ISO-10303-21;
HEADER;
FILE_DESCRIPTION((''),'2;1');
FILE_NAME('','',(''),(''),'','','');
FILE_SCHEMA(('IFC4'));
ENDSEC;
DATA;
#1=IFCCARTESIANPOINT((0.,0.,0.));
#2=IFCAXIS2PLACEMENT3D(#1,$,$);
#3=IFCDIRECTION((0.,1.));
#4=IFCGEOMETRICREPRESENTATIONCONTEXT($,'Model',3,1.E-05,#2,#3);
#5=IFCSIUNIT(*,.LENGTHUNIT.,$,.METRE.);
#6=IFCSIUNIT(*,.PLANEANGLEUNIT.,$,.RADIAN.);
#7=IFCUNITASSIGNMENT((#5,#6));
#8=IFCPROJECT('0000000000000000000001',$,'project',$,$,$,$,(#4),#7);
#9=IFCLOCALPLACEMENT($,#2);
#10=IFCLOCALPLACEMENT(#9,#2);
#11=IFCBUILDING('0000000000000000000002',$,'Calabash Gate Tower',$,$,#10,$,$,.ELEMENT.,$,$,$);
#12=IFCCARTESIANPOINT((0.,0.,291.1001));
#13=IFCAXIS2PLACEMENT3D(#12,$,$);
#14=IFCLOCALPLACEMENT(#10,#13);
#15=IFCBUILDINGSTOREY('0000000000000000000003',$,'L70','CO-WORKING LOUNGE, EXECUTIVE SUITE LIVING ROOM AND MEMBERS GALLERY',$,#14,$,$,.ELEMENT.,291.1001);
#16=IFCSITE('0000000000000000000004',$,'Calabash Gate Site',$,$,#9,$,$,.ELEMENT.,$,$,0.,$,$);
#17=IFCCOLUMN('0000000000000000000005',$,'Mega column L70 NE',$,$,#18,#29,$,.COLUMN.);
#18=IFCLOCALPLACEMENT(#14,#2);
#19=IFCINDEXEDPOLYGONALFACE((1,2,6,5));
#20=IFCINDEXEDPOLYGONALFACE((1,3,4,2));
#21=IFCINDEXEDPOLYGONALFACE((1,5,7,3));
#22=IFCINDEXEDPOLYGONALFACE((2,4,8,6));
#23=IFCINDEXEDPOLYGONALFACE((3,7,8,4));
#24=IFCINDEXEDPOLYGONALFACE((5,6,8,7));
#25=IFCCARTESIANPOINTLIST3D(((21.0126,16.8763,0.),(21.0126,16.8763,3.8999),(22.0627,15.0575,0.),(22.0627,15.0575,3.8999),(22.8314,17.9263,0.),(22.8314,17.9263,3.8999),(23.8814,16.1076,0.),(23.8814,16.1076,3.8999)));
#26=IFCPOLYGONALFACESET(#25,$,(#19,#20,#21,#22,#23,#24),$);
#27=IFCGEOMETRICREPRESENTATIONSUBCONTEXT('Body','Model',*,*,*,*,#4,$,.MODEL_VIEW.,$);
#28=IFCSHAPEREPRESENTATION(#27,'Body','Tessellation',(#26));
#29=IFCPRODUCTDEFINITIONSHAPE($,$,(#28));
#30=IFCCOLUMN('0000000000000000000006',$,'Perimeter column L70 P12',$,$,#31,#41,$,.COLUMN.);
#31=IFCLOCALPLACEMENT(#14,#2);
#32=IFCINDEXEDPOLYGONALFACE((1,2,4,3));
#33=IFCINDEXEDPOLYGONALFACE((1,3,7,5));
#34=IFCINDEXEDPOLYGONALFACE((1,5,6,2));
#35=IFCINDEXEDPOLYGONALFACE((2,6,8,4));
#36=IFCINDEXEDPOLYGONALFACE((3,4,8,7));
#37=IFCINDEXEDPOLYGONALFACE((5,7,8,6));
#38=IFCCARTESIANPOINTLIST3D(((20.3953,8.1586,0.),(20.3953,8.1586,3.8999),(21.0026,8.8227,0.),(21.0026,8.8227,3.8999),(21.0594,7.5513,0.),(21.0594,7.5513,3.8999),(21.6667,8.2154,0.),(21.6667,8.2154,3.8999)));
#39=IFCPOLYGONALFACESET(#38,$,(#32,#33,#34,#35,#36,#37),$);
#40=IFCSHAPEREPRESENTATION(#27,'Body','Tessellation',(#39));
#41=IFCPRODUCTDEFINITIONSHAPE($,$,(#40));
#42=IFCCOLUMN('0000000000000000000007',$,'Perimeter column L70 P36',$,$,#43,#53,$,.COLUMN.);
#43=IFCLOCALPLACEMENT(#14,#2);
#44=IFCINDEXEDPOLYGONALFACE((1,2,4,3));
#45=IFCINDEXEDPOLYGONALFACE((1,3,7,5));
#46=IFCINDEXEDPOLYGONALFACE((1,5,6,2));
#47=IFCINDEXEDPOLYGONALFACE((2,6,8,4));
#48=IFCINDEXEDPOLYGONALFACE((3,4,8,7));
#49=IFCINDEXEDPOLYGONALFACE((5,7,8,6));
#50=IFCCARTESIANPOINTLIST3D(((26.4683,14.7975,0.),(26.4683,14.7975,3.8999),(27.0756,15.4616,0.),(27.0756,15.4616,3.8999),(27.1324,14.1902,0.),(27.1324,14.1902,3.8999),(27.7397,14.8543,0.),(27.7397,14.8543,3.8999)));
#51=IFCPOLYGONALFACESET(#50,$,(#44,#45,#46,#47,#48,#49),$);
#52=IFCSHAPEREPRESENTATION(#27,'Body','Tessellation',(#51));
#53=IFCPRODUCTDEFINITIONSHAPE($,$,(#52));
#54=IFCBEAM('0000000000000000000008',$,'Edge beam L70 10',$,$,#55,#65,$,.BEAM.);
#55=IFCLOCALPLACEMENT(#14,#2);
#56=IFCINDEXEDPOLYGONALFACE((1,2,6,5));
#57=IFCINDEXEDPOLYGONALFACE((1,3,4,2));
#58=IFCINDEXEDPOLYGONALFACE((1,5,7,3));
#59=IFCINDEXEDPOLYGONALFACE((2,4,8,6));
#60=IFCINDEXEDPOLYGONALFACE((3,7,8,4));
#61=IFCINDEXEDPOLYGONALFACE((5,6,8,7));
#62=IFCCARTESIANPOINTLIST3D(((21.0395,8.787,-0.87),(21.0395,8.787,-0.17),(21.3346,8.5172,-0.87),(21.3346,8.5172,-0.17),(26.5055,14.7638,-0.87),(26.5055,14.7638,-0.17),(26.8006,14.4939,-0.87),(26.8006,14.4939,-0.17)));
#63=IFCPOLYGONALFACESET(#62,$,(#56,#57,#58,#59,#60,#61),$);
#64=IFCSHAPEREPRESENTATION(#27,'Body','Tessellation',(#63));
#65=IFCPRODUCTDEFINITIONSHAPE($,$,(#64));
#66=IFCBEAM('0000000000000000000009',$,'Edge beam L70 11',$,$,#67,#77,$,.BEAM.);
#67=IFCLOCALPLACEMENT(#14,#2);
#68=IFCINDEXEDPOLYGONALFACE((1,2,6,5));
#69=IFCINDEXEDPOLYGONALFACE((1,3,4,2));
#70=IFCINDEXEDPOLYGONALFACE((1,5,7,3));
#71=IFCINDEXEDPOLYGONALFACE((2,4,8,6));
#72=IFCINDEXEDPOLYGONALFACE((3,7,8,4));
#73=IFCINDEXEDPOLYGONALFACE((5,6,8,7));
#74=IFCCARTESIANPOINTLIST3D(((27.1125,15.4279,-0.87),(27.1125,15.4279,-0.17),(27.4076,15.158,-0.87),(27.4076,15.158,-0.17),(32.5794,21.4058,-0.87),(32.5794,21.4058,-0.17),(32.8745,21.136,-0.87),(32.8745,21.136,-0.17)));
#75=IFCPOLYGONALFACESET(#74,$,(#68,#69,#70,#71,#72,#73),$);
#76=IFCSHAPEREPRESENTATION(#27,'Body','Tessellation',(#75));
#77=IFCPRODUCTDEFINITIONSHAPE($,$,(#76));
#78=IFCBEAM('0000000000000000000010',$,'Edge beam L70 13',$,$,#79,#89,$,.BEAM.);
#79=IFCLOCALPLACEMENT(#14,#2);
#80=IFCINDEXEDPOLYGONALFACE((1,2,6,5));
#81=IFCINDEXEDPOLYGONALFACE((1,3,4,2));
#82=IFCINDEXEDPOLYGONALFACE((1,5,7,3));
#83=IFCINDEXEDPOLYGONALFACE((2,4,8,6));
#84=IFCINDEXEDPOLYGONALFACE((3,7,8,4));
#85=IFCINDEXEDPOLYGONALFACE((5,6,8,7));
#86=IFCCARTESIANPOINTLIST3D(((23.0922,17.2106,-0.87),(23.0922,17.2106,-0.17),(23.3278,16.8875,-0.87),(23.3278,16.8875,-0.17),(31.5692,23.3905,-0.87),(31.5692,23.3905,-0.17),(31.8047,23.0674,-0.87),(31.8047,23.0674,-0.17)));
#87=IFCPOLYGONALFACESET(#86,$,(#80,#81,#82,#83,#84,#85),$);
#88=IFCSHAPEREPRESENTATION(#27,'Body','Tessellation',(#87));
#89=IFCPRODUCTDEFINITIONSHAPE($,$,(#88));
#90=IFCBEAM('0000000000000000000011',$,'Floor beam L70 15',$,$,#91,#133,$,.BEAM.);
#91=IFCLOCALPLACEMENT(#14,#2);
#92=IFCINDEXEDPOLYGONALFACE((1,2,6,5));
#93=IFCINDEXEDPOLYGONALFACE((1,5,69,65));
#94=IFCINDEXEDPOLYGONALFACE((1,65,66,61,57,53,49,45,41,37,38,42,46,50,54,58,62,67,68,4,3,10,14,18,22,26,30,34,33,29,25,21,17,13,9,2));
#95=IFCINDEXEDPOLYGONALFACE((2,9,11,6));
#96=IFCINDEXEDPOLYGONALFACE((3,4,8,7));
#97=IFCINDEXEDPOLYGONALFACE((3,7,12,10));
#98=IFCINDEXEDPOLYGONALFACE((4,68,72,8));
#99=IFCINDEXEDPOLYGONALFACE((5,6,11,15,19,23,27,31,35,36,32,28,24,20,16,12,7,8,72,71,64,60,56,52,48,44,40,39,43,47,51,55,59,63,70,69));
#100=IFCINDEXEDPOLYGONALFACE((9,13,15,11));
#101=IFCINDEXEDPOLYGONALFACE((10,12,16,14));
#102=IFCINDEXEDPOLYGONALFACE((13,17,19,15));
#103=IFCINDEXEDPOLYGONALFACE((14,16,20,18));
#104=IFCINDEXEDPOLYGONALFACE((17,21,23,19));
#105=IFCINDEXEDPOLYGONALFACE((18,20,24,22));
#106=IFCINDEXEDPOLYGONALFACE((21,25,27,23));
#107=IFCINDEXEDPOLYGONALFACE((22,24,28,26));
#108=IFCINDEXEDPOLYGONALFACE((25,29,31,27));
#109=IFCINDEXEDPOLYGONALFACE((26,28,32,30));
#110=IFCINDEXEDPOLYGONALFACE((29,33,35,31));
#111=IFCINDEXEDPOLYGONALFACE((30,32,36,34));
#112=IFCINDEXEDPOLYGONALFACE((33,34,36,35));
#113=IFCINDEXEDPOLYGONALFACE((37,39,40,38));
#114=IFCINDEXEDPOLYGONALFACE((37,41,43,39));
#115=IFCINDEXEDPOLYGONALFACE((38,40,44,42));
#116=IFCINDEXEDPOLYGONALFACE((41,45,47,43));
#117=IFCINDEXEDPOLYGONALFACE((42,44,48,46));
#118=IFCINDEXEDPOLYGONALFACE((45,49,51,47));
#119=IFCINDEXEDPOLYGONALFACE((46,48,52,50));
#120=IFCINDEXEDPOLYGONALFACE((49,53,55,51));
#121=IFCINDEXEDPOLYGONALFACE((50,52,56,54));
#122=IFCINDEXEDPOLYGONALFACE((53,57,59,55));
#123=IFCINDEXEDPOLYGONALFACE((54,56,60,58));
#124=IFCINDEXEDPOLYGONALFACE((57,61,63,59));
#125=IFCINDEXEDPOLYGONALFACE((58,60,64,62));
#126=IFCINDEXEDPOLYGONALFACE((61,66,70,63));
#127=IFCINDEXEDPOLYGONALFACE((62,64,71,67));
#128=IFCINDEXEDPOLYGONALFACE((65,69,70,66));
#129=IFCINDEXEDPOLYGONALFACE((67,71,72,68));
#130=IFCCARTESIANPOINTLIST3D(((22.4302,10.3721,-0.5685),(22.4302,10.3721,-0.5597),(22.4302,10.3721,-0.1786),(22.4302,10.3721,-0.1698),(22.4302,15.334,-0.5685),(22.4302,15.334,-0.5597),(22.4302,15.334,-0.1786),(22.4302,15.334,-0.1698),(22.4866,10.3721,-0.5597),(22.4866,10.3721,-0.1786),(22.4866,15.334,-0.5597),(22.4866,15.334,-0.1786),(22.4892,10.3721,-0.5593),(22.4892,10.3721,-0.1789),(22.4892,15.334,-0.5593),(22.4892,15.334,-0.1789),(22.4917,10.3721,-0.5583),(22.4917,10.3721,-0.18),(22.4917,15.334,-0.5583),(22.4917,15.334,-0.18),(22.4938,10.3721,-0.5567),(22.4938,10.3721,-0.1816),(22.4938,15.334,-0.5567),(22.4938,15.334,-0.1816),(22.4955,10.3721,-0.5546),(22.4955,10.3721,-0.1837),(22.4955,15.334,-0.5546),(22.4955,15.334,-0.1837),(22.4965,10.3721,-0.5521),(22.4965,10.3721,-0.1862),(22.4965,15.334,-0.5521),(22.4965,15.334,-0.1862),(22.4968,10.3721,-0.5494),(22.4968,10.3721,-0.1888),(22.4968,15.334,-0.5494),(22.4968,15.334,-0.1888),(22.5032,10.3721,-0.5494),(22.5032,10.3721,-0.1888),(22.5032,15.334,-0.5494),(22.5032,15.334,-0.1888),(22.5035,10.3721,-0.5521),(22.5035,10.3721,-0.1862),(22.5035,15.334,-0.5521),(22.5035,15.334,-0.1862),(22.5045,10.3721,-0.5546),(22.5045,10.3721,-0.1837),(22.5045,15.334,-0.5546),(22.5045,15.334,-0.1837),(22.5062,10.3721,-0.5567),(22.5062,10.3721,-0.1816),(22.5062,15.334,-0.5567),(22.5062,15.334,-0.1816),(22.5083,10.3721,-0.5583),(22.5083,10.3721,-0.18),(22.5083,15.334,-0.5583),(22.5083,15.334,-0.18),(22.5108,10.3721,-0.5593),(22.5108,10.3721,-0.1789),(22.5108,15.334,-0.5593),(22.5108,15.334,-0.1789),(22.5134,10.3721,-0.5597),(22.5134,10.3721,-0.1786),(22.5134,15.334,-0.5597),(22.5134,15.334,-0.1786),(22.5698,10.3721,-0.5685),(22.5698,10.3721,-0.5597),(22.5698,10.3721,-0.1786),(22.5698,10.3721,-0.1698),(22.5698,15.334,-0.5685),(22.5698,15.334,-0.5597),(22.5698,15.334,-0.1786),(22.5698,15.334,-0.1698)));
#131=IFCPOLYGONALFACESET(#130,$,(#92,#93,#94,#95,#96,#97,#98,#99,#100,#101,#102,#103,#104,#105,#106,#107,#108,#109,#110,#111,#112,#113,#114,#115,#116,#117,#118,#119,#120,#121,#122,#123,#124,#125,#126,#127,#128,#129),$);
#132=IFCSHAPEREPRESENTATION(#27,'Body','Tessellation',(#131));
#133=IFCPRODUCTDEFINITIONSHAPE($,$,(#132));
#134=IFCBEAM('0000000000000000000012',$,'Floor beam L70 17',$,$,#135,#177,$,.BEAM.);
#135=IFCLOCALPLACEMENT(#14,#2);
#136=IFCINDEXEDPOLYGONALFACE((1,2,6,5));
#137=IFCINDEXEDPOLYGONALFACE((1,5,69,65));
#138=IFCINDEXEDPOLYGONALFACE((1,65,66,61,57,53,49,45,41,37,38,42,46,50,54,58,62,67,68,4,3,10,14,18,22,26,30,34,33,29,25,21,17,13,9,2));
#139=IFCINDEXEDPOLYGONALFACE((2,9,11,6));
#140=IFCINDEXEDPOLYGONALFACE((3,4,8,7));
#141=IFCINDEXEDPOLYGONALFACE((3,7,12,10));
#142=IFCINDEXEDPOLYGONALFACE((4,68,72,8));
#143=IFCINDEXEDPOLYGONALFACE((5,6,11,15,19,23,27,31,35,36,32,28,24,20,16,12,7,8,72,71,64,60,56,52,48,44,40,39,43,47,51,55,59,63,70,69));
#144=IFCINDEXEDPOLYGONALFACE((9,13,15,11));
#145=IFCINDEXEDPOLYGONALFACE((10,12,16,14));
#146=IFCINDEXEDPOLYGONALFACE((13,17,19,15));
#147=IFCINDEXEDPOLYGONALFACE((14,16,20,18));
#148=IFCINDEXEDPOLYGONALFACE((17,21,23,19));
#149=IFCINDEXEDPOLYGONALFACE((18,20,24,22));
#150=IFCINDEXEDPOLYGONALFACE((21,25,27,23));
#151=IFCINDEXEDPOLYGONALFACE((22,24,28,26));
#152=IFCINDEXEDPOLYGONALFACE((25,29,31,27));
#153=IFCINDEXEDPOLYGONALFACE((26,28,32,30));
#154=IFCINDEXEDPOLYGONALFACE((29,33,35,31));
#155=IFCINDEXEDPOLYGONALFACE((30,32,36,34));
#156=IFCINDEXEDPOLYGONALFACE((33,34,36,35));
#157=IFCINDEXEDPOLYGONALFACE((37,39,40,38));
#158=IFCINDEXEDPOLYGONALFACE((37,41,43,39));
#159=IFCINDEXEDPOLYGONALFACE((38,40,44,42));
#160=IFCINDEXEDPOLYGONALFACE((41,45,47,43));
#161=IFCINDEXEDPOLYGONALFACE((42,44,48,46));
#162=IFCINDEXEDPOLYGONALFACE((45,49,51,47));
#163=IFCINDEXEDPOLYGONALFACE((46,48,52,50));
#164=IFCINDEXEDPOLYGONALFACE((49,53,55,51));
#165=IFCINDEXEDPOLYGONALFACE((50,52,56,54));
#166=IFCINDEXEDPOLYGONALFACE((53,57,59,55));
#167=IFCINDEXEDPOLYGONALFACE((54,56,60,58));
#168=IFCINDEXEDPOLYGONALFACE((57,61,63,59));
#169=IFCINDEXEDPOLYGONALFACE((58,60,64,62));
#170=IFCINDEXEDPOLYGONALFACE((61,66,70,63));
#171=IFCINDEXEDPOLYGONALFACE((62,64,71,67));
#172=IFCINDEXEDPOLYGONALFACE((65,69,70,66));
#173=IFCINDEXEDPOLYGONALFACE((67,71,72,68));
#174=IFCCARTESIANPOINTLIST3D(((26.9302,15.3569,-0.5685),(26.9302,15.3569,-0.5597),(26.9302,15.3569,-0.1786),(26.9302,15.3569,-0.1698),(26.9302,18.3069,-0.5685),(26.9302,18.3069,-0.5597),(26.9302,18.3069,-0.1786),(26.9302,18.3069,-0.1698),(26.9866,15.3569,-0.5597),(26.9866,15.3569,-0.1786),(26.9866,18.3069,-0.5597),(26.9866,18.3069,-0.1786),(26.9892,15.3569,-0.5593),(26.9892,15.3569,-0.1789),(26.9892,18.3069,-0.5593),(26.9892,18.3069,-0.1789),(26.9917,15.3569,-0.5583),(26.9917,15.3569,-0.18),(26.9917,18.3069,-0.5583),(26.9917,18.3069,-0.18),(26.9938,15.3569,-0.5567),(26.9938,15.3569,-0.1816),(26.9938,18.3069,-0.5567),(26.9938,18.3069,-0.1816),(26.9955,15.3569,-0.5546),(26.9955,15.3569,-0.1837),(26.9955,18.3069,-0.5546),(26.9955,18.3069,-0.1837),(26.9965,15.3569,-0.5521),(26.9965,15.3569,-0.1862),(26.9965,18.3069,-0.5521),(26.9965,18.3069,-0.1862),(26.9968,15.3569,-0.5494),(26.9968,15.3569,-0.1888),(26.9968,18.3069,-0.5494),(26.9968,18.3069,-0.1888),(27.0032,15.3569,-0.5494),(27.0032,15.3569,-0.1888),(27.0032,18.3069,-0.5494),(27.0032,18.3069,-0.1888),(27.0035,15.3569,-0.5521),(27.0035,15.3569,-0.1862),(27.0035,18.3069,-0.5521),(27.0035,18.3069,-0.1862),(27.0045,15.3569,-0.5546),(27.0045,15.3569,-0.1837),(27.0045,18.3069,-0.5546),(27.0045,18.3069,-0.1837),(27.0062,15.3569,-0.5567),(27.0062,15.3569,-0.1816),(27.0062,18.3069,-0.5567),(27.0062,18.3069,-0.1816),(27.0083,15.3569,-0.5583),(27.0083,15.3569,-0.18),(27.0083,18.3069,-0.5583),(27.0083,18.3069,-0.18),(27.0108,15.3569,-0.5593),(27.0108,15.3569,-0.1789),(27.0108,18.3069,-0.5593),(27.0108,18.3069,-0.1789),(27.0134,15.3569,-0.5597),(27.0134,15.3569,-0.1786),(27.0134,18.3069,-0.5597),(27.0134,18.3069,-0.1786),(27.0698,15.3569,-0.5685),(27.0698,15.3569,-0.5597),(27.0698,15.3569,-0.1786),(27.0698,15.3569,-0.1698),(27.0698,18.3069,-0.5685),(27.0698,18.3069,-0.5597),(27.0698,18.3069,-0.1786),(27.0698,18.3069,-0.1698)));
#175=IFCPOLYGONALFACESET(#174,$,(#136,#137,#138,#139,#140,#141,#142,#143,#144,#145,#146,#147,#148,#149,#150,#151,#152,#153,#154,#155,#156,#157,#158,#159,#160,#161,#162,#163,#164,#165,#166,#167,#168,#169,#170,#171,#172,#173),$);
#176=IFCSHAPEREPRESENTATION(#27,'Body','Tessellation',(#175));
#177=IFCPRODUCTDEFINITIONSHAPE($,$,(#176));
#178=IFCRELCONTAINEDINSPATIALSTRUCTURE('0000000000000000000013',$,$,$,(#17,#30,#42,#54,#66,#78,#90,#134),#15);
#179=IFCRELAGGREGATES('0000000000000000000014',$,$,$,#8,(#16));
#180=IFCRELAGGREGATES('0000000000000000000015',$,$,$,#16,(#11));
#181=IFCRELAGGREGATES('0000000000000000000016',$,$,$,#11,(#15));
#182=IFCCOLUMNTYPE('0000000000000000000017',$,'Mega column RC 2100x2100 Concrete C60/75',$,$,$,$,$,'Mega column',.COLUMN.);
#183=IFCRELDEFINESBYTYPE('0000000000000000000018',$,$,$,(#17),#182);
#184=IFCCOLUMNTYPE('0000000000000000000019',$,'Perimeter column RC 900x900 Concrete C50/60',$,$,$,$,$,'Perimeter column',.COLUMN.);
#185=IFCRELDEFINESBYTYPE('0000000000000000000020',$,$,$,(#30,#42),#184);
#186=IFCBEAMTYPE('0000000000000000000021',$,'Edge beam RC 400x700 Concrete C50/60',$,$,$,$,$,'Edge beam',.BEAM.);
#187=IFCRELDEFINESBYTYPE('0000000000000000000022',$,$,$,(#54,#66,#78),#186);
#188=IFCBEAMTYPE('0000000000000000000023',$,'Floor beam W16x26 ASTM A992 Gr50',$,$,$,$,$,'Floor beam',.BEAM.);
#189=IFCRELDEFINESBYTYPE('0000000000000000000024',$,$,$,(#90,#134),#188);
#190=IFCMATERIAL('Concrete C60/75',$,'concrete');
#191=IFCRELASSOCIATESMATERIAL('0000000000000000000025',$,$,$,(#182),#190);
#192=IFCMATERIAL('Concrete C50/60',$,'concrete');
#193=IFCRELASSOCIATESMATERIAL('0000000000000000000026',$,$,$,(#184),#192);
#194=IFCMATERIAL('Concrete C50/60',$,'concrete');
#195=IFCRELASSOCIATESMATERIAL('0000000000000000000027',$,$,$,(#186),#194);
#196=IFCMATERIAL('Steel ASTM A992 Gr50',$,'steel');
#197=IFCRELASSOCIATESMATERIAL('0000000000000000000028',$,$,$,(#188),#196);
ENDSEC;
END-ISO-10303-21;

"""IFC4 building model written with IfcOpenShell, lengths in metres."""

from ifc_helpers import new_model, si_unit, direction, frame, origin, origin_2d, place, context, subcontext, project, spatial, rectangle, i_section, extrude, material, material_profile, profile_set, type_object, element, save


model = new_model("IFC4")

# Units and contexts
model_context = context("Model", 3, precision=1e-05, world=origin(), true_north=direction((0.0, 1.0)))
body_context = subcontext(model_context, "Body", "Model", "MODEL_VIEW")
ifc_project = project(units=[si_unit("LENGTHUNIT", "METRE"), si_unit("PLANEANGLEUNIT", "RADIAN")], contexts=[model_context])

# Site, building, storey
site_placement = place(None, origin())
site = spatial("IfcSite", under=ifc_project, at=site_placement, Name="Calabash Gate Site", CompositionType="ELEMENT", RefElevation=0.0)
building_placement = place(site_placement, origin())
building = spatial("IfcBuilding", under=site, at=building_placement, Name="Calabash Gate Tower", CompositionType="ELEMENT")
storey_placement = place(building_placement, frame((0.0, 0.0, 291.1001)))
storey = spatial("IfcBuildingStorey", under=building, at=storey_placement, Name="L70", Description="CO-WORKING LOUNGE, EXECUTIVE SUITE LIVING ROOM AND MEMBERS GALLERY", CompositionType="ELEMENT", Elevation=291.1001)

# Columns
ifc_material_1 = material(Name="Concrete C60/75", Category="concrete")
ifc_material_profile_1 = material_profile(ifc_material_1, rectangle(XDim=2.1001, YDim=2.1001, at=origin_2d()))
ifc_profile_set_1 = profile_set([ifc_material_profile_1], Name="Concrete C60/75")
column_type_1 = type_object("IfcColumnType", Name="Mega column RC 2100x2100 Concrete C60/75", ElementType="Mega column", PredefinedType="COLUMN", material=ifc_profile_set_1)
column_placement = place(storey_placement, frame((22.447, 16.4919, 0.0), z_axis=(0.0, 0.0, 1.0), x_axis=(-0.866025, -0.5, 0.0)))
element("IfcColumn", 1, at=column_placement, inside=storey, type_object=column_type_1, Name="Mega column L70 NE", PredefinedType="COLUMN", context=body_context, shape_type="SweptSolid", body=[
    extrude(rectangle(XDim=2.1001, YDim=2.1001, at=origin_2d()), origin(), (0.0, 0.0, 1.0), 3.8999),
])
ifc_material_2 = material(Name="Concrete C50/60", Category="concrete")
ifc_material_profile_2 = material_profile(ifc_material_2, rectangle(XDim=0.8999, YDim=0.8999, at=origin_2d()))
ifc_profile_set_2 = profile_set([ifc_material_profile_2], Name="Concrete C50/60")
column_type_2 = type_object("IfcColumnType", Name="Perimeter column RC 900x900 Concrete C50/60", ElementType="Perimeter column", PredefinedType="COLUMN", material=ifc_profile_set_2)
for number, where, z_axis, x_axis, name in (
    (2, (21.031, 8.187, 0.0), (0.0, 0.0, 1.0), (0.674856, 0.737949, 0.0), "Perimeter column L70 P12"),
    (3, (27.104, 14.8259, 0.0), (0.0, 0.0, 1.0), (0.674856, 0.737949, 0.0), "Perimeter column L70 P36"),
):
    element("IfcColumn", number, at=place(storey_placement, frame(where, z_axis=z_axis, x_axis=x_axis)), inside=storey, type_object=column_type_2, Name=name, PredefinedType="COLUMN", context=body_context, shape_type="SweptSolid", body=[
        extrude(rectangle(XDim=0.8999, YDim=0.8999, at=origin_2d()), origin(), (0.0, 0.0, 1.0), 3.8999),
    ])

# Beams
ifc_material_3 = material(Name="Concrete C50/60", Category="concrete")
ifc_material_profile_3 = material_profile(ifc_material_3, rectangle(XDim=0.3999, YDim=0.7, at=origin_2d()))
ifc_profile_set_3 = profile_set([ifc_material_profile_3], Name="Concrete C50/60")
beam_type_1 = type_object("IfcBeamType", Name="Edge beam RC 400x700 Concrete C50/60", ElementType="Edge beam", PredefinedType="BEAM", material=ifc_profile_set_3)
beam_1_placement = place(storey_placement, frame((21.187, 8.6521, -0.52), z_axis=(0.674874, 0.737933, 0.0), x_axis=(-0.737933, 0.674874, 0.0)))
element("IfcBeam", 4, at=beam_1_placement, inside=storey, type_object=beam_type_1, Name="Edge beam L70 10", PredefinedType="BEAM", context=body_context, shape_type="SweptSolid", body=[
    extrude(rectangle(XDim=0.3999, YDim=0.7, at=origin_2d()), origin(), (0.0, 0.0, 1.0), 8.0994),
])
beam_2_placement = place(storey_placement, frame((27.26, 15.293, -0.52), z_axis=(0.674864, 0.737942, 0.0), x_axis=(-0.737942, 0.674864, 0.0)))
element("IfcBeam", 5, at=beam_2_placement, inside=storey, type_object=beam_type_1, Name="Edge beam L70 11", PredefinedType="BEAM", context=body_context, shape_type="SweptSolid", body=[
    extrude(rectangle(XDim=0.3999, YDim=0.7, at=origin_2d()), origin(), (0.0, 0.0, 1.0), 8.1008),
])
beam_3_placement = place(storey_placement, frame((23.21, 17.0491, -0.52), z_axis=(0.808064, 0.589094, 0.0), x_axis=(-0.589094, 0.808064, 0.0)))
element("IfcBeam", 6, at=beam_3_placement, inside=storey, type_object=beam_type_1, Name="Edge beam L70 13", PredefinedType="BEAM", context=body_context, shape_type="SweptSolid", body=[
    extrude(rectangle(XDim=0.3999, YDim=0.7, at=origin_2d()), origin(), (0.0, 0.0, 1.0), 10.4905),
])
ifc_material_4 = material(Name="Steel ASTM A992 Gr50", Category="steel")
ifc_material_profile_4 = material_profile(ifc_material_4, i_section(OverallWidth=0.1396, OverallDepth=0.3987, WebThickness=0.0063, FlangeThickness=0.0088, FilletRadius=0.0103, at=origin_2d()))
ifc_profile_set_4 = profile_set([ifc_material_profile_4], Name="Steel ASTM A992 Gr50")
beam_type_2 = type_object("IfcBeamType", Name="Floor beam W16x26 ASTM A992 Gr50", ElementType="Floor beam", PredefinedType="BEAM", material=ifc_profile_set_4)
beam_4_placement = place(storey_placement, frame((22.5, 10.3721, -0.3691), z_axis=(0.0, 1.0, 0.0), x_axis=(-1.0, 0.0, 0.0)))
element("IfcBeam", 7, at=beam_4_placement, inside=storey, type_object=beam_type_2, Name="Floor beam L70 15", PredefinedType="BEAM", context=body_context, shape_type="SweptSolid", body=[
    extrude(i_section(OverallWidth=0.1396, OverallDepth=0.3987, WebThickness=0.0063, FlangeThickness=0.0088, FilletRadius=0.0103, at=origin_2d()), origin(), (0.0, 0.0, 1.0), 4.9619),
])
beam_5_placement = place(storey_placement, frame((27.0, 15.3569, -0.3691), z_axis=(0.0, 1.0, 0.0), x_axis=(-1.0, 0.0, 0.0)))
element("IfcBeam", 8, at=beam_5_placement, inside=storey, type_object=beam_type_2, Name="Floor beam L70 17", PredefinedType="BEAM", context=body_context, shape_type="SweptSolid", body=[
    extrude(i_section(OverallWidth=0.1396, OverallDepth=0.3987, WebThickness=0.0063, FlangeThickness=0.0088, FilletRadius=0.0103, at=origin_2d()), origin(), (0.0, 0.0, 1.0), 2.95),
])

save(model, "model.ifc")
